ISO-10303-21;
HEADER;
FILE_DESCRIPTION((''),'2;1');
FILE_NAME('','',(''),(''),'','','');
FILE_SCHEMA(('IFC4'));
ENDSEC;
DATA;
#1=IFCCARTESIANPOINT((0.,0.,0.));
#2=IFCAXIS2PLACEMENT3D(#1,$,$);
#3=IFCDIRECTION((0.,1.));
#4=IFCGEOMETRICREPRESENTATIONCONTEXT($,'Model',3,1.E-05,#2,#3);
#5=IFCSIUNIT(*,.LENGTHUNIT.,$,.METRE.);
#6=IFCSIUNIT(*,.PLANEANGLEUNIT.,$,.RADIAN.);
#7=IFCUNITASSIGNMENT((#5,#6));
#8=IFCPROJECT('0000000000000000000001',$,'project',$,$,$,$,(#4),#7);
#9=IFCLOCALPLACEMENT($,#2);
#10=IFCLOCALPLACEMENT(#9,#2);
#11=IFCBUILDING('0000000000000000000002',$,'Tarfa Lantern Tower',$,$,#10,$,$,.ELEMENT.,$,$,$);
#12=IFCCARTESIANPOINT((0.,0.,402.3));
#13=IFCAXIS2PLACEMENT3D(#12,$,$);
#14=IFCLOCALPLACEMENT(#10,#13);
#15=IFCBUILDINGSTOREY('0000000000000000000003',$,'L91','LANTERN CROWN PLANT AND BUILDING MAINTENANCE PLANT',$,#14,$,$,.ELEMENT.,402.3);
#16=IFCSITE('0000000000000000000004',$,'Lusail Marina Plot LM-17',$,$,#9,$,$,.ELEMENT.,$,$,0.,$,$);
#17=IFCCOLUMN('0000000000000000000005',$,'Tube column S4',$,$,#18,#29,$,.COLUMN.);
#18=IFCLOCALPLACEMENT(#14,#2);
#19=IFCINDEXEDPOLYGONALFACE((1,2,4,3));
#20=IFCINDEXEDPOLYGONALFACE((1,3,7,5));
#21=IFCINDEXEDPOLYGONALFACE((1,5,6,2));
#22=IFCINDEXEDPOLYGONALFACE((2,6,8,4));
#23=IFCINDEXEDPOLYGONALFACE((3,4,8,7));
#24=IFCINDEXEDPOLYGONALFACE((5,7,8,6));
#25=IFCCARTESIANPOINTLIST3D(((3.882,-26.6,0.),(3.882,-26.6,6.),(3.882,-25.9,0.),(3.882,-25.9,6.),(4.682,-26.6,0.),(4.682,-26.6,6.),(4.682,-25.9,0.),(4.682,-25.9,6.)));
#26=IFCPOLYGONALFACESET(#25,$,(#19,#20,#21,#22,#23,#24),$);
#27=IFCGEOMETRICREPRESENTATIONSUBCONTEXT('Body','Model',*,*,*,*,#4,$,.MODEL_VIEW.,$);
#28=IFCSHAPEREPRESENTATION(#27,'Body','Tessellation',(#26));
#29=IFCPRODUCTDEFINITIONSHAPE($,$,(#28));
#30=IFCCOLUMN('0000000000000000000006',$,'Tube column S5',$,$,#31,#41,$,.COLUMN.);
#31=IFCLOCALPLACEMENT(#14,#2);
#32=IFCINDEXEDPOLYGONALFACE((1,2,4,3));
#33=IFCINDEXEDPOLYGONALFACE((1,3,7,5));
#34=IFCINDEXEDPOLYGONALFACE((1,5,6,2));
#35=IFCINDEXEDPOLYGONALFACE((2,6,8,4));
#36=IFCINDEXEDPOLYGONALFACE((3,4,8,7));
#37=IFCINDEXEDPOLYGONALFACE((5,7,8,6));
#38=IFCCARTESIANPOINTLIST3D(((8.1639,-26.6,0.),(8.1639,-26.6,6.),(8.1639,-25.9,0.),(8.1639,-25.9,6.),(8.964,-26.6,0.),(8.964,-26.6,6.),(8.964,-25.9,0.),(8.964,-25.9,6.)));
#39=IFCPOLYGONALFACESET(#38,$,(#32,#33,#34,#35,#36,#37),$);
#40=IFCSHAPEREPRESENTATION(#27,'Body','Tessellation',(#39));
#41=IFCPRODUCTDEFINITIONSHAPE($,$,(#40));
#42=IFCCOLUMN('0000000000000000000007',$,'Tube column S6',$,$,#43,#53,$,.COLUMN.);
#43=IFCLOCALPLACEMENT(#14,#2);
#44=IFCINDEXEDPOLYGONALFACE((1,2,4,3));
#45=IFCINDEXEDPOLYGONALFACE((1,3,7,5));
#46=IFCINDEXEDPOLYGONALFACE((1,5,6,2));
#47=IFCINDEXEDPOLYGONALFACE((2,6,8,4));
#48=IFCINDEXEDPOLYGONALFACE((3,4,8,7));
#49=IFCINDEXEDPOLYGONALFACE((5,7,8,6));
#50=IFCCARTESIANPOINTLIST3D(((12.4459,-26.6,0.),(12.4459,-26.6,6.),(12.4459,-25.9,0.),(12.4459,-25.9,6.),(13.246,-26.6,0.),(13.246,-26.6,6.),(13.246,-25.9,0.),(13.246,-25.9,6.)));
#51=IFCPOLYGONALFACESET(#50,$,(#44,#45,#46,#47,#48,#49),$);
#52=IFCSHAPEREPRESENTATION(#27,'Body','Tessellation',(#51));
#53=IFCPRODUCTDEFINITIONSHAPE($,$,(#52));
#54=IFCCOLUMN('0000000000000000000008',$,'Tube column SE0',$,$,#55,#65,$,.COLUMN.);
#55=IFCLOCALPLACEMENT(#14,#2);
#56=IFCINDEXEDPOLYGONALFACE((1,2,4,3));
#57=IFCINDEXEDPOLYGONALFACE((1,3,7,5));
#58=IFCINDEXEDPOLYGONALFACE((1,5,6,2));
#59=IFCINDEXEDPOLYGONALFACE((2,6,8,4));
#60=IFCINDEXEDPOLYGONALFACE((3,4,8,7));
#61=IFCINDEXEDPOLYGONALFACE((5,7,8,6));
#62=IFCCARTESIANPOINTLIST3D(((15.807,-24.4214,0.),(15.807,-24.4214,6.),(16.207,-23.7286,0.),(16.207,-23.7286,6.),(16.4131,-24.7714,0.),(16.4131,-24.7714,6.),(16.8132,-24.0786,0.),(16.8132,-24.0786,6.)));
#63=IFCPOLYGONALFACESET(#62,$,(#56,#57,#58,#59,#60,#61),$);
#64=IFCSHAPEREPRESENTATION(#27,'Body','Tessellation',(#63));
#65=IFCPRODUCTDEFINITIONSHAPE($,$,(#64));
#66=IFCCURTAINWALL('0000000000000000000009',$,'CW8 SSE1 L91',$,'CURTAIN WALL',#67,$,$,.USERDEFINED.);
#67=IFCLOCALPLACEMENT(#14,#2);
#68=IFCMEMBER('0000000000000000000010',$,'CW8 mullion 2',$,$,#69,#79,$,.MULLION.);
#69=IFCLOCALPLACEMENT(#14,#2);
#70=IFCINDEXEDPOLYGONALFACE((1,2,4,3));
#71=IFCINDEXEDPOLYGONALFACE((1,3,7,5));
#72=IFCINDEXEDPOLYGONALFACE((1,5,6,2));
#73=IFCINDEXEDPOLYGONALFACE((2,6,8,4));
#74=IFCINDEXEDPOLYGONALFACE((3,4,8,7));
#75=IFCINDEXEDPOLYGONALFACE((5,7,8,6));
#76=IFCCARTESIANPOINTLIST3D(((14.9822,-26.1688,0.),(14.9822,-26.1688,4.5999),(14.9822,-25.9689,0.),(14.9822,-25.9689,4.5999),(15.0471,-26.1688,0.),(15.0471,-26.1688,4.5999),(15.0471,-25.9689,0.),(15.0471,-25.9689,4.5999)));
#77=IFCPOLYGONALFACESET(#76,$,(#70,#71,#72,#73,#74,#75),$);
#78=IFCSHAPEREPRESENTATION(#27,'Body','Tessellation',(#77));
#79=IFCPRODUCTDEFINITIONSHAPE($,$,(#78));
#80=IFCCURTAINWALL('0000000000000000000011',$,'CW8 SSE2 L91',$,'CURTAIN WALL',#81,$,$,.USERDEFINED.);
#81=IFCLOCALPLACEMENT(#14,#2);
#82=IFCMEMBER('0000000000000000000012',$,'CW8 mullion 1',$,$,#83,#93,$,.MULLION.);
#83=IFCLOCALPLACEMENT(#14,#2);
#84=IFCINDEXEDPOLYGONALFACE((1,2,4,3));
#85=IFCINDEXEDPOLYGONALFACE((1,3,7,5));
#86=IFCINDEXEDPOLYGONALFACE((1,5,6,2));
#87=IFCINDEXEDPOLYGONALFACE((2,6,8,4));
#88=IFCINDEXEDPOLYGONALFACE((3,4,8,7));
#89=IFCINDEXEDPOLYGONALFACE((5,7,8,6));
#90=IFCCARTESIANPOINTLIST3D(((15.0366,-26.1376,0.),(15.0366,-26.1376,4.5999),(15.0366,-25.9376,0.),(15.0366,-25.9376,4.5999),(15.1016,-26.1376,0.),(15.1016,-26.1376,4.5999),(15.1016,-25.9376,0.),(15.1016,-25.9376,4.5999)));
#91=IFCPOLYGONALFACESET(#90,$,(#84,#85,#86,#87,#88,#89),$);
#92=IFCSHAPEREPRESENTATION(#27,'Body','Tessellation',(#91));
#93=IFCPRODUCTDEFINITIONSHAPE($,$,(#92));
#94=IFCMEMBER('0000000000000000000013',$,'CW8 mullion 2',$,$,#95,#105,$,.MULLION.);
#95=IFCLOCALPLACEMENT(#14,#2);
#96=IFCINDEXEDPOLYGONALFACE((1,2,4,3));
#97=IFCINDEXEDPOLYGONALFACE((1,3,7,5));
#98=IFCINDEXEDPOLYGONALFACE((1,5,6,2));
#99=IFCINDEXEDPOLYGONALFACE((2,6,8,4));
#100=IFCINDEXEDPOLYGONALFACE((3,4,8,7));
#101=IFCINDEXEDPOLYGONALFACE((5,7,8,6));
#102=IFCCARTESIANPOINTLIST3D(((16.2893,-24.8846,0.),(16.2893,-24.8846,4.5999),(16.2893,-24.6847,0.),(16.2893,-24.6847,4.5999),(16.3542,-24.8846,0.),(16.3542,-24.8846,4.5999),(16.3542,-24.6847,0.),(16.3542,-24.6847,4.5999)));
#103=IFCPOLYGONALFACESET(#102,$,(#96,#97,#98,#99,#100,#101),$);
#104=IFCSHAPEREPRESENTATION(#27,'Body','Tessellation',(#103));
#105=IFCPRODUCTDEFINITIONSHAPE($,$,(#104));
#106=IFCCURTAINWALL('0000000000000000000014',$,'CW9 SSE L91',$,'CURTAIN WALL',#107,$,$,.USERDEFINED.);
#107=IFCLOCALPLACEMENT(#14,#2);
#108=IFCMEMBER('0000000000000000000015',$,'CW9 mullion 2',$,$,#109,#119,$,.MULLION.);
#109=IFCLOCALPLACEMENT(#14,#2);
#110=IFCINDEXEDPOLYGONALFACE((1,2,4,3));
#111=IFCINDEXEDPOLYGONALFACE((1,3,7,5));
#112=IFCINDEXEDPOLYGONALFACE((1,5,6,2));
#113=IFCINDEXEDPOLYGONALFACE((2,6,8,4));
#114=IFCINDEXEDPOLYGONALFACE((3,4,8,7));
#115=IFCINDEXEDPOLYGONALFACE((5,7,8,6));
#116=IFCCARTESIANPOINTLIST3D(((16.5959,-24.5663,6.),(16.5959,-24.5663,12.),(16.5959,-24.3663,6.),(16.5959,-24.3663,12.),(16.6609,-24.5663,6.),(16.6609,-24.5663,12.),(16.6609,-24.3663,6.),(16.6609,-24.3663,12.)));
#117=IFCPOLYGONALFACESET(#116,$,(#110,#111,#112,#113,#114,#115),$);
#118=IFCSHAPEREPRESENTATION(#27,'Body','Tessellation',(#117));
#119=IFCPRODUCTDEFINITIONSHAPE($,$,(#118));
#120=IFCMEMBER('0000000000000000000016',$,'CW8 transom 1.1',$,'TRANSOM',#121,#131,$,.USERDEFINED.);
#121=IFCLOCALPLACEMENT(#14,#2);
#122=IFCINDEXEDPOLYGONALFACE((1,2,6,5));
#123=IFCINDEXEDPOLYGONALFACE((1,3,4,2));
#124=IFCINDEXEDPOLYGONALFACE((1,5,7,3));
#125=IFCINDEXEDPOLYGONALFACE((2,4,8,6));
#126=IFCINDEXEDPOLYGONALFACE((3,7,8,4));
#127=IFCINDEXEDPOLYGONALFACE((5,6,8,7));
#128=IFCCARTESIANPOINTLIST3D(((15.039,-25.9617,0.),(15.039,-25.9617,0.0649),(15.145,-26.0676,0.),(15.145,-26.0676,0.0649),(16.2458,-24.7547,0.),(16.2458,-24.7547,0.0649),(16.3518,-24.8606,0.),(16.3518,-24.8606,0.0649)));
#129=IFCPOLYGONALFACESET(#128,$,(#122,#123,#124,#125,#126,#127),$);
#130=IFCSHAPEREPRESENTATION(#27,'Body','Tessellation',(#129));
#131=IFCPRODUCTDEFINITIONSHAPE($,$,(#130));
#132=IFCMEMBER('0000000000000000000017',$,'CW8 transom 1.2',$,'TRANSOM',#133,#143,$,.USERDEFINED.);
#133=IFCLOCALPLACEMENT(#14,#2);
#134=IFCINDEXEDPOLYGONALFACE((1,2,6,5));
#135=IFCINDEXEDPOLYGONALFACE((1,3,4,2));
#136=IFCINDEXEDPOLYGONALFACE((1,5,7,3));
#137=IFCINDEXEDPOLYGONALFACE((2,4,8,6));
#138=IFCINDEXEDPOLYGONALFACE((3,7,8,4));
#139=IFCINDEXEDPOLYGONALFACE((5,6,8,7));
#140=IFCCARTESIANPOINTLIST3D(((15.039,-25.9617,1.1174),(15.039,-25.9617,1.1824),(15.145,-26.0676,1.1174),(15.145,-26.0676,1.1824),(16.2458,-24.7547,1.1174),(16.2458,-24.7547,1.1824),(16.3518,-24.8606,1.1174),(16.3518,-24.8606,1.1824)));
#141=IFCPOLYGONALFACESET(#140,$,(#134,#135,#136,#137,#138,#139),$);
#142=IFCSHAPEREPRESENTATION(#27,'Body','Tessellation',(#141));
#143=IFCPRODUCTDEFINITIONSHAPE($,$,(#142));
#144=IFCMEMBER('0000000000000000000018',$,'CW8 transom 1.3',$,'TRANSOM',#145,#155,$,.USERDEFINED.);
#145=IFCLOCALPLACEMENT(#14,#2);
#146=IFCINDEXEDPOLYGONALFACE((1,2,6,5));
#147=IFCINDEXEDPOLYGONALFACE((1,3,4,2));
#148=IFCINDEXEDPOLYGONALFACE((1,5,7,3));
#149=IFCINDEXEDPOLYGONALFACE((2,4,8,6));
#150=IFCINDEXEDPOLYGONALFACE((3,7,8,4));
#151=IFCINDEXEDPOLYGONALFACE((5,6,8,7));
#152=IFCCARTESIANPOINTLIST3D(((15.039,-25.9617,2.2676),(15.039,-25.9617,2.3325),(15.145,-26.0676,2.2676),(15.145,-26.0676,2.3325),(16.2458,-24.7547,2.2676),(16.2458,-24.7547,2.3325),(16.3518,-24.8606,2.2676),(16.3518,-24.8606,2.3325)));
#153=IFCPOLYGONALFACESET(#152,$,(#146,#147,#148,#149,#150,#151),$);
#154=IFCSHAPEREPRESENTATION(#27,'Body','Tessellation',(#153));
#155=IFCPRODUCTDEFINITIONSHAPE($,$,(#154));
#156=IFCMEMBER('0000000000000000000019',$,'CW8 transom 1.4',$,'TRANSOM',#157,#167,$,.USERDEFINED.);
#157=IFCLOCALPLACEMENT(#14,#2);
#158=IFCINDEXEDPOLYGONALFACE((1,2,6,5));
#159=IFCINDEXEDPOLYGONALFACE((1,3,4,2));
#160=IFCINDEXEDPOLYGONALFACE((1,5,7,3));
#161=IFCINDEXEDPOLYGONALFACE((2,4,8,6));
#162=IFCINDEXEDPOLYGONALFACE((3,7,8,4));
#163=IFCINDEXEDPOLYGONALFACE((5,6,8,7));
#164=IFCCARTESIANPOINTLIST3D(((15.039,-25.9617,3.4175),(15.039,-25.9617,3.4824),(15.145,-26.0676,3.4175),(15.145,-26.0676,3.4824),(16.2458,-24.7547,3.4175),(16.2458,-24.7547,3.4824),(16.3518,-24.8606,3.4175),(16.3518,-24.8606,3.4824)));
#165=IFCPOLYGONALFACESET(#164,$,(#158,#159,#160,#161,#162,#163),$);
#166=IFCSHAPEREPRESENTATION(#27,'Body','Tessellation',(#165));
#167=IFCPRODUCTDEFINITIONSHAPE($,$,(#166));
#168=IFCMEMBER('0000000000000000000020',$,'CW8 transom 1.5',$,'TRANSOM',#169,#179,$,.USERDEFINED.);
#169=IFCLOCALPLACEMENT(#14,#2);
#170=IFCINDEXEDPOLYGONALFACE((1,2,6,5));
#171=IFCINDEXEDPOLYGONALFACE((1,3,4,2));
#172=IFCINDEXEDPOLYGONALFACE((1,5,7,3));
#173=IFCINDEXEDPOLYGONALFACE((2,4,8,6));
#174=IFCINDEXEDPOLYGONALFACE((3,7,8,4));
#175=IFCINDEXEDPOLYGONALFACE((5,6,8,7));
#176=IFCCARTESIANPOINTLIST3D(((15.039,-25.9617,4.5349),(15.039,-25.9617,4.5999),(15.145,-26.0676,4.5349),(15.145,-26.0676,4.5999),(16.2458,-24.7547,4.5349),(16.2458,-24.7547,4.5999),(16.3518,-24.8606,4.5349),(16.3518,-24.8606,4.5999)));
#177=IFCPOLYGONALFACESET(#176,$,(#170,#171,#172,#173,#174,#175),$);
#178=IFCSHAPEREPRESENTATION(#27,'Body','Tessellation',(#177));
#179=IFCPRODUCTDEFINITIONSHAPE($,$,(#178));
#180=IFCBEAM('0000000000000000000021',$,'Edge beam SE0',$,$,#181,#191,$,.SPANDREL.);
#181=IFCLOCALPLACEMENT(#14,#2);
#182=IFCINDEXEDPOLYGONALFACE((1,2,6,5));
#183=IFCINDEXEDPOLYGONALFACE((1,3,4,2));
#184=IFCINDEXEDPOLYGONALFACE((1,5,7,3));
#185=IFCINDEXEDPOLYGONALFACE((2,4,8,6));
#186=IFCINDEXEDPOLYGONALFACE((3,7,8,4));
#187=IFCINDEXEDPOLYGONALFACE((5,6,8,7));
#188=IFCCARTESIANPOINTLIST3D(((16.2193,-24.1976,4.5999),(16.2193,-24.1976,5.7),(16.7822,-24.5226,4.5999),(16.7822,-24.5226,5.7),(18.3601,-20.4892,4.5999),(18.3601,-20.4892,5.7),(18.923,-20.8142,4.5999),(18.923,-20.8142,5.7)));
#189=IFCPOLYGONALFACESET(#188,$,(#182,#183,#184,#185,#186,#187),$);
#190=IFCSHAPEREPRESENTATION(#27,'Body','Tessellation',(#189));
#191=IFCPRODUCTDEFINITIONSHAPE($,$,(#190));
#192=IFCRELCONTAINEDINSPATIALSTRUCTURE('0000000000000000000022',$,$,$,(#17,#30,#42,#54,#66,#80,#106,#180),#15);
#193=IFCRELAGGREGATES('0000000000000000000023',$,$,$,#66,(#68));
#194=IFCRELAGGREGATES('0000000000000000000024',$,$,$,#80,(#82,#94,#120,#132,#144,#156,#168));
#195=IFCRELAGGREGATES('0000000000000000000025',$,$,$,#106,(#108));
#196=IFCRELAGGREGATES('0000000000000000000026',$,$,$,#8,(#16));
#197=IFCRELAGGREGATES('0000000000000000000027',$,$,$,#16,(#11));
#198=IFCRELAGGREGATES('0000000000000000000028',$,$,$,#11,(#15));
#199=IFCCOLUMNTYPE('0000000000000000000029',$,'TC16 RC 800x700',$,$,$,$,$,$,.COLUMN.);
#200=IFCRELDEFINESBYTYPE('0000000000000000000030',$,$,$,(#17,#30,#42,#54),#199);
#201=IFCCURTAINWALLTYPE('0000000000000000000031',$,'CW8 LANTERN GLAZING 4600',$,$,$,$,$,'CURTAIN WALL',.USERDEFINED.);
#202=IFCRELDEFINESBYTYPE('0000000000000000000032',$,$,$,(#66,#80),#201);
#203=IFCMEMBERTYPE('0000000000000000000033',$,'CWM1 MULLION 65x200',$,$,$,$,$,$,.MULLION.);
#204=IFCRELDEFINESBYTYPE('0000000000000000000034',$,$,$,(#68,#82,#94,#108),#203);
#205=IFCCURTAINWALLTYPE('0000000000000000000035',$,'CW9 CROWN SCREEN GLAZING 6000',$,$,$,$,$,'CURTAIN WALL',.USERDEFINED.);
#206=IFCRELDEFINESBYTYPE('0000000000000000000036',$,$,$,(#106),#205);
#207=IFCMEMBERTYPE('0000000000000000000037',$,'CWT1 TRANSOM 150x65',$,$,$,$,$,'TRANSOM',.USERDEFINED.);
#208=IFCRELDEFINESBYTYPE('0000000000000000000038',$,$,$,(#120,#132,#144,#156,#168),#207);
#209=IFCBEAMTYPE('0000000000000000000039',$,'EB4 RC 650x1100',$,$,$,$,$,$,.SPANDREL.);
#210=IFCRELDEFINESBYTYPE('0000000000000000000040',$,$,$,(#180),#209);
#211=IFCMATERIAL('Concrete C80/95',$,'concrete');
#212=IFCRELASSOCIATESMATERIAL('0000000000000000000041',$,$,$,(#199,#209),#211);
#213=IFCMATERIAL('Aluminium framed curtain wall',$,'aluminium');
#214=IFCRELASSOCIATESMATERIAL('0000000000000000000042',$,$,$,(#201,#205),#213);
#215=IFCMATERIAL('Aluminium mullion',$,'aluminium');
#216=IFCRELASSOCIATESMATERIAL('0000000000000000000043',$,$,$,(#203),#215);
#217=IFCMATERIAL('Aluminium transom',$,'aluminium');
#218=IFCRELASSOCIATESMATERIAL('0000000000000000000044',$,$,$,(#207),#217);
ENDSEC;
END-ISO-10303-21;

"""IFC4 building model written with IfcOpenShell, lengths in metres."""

from ifc_helpers import new_model, si_unit, direction, frame, origin, origin_2d, place, context, subcontext, project, spatial, rectangle, extrude, material, material_profile, profile_set, type_object, element, aggregate, save


model = new_model("IFC4")

# Units and contexts
model_context = context("Model", 3, precision=1e-05, world=origin(), true_north=direction((0.0, 1.0)))
body_context = subcontext(model_context, "Body", "Model", "MODEL_VIEW")
ifc_project = project(units=[si_unit("LENGTHUNIT", "METRE"), si_unit("PLANEANGLEUNIT", "RADIAN")], contexts=[model_context])

# Site, building, storey
site_placement = place(None, origin())
site = spatial("IfcSite", under=ifc_project, at=site_placement, Name="Lusail Marina Plot LM-17", CompositionType="ELEMENT", RefElevation=0.0)
building_placement = place(site_placement, origin())
building = spatial("IfcBuilding", under=site, at=building_placement, Name="Tarfa Lantern Tower", CompositionType="ELEMENT")
storey_placement = place(building_placement, frame((0.0, 0.0, 402.3)))
storey = spatial("IfcBuildingStorey", under=building, at=storey_placement, Name="L91", Description="LANTERN CROWN PLANT AND BUILDING MAINTENANCE PLANT", CompositionType="ELEMENT", Elevation=402.3)

# Columns
ifc_material_1 = material(Name="Concrete C80/95", Category="concrete")
ifc_material_profile_1 = material_profile(ifc_material_1, rectangle(XDim=0.8, YDim=0.7, at=origin_2d()), Name="RC 800x700")
ifc_profile_set_1 = profile_set([ifc_material_profile_1], Name="Concrete C80/95")
column_type = type_object("IfcColumnType", Name="TC16 RC 800x700", PredefinedType="COLUMN", material=ifc_profile_set_1)
for number, where, z_axis, x_axis, name in (
    (1, (4.282, -26.25, 0.0), (0.0, 0.0, 1.0), (1.0, 0.0, 0.0), "Tube column S4"),
    (2, (8.564, -26.25, 0.0), (0.0, 0.0, 1.0), (1.0, 0.0, 0.0), "Tube column S5"),
    (3, (12.8459, -26.25, 0.0), (0.0, 0.0, 1.0), (1.0, 0.0, 0.0), "Tube column S6"),
    (4, (16.3101, -24.25, 0.0), (0.0, 0.0, 1.0), (0.5, 0.866025, 0.0), "Tube column SE0"),
):
    element("IfcColumn", number, at=place(storey_placement, frame(where, z_axis=z_axis, x_axis=x_axis)), inside=storey, type_object=column_type, Name=name, PredefinedType="COLUMN", context=body_context, shape_type="SweptSolid", body=[
        extrude(rectangle(XDim=0.8, YDim=0.7, at=origin_2d()), origin(), (0.0, 0.0, 1.0), 6.0),
    ])

# Curtain wall, member
ifc_material_2 = material(Name="Aluminium framed curtain wall", Category="aluminium")
curtain_wall_type_1 = type_object("IfcCurtainWallType", Name="CW8 LANTERN GLAZING 4600", ElementType="CURTAIN WALL", PredefinedType="USERDEFINED", material=ifc_material_2)
curtain_wall_1_placement = place(storey_placement, origin())
curtain_wall_1 = element("IfcCurtainWall", 5, at=curtain_wall_1_placement, inside=storey, type_object=curtain_wall_type_1, Name="CW8 SSE1 L91", ObjectType="CURTAIN WALL", PredefinedType="USERDEFINED")
ifc_material_3 = material(Name="Aluminium mullion", Category="aluminium")
ifc_material_profile_2 = material_profile(ifc_material_3, rectangle(XDim=0.0649, YDim=0.2, at=origin_2d()), Name="AL MULLION 65x200")
ifc_profile_set_2 = profile_set([ifc_material_profile_2], Name="Aluminium mullion")
member_type_1 = type_object("IfcMemberType", Name="CWM1 MULLION 65x200", PredefinedType="MULLION", material=ifc_profile_set_2)
member_1_placement = place(storey_placement, frame((15.0146, -26.0688, 0.0), z_axis=(0.0, 0.0, 1.0), x_axis=(1.0, 0.0, 0.0)))
member_1 = element("IfcMember", 6, at=member_1_placement, type_object=member_type_1, Name="CW8 mullion 2", PredefinedType="MULLION", context=body_context, shape_type="SweptSolid", body=[
    extrude(rectangle(XDim=0.0649, YDim=0.2, at=origin_2d()), origin(), (0.0, 0.0, 1.0), 4.5999),
])

# Curtain wall, members
curtain_wall_2_placement = place(storey_placement, origin())
curtain_wall_2 = element("IfcCurtainWall", 7, at=curtain_wall_2_placement, inside=storey, type_object=curtain_wall_type_1, Name="CW8 SSE2 L91", ObjectType="CURTAIN WALL", PredefinedType="USERDEFINED")
member_2_placement = place(storey_placement, frame((15.0691, -26.0376, 0.0), z_axis=(0.0, 0.0, 1.0), x_axis=(1.0, 0.0, 0.0)))
member_2 = element("IfcMember", 8, at=member_2_placement, type_object=member_type_1, Name="CW8 mullion 1", PredefinedType="MULLION", context=body_context, shape_type="SweptSolid", body=[
    extrude(rectangle(XDim=0.0649, YDim=0.2, at=origin_2d()), origin(), (0.0, 0.0, 1.0), 4.5999),
])
member_3_placement = place(storey_placement, frame((16.3218, -24.7847, 0.0), z_axis=(0.0, 0.0, 1.0), x_axis=(1.0, 0.0, 0.0)))
member_3 = element("IfcMember", 9, at=member_3_placement, type_object=member_type_1, Name="CW8 mullion 2", PredefinedType="MULLION", context=body_context, shape_type="SweptSolid", body=[
    extrude(rectangle(XDim=0.0649, YDim=0.2, at=origin_2d()), origin(), (0.0, 0.0, 1.0), 4.5999),
])

# Curtain wall, member
curtain_wall_type_2 = type_object("IfcCurtainWallType", Name="CW9 CROWN SCREEN GLAZING 6000", ElementType="CURTAIN WALL", PredefinedType="USERDEFINED", material=ifc_material_2)
curtain_wall_3_placement = place(storey_placement, origin())
curtain_wall_3 = element("IfcCurtainWall", 10, at=curtain_wall_3_placement, inside=storey, type_object=curtain_wall_type_2, Name="CW9 SSE L91", ObjectType="CURTAIN WALL", PredefinedType="USERDEFINED")
member_4_placement = place(storey_placement, frame((16.6284, -24.4663, 6.0), z_axis=(0.0, 0.0, 1.0), x_axis=(1.0, 0.0, 0.0)))
member_4 = element("IfcMember", 11, at=member_4_placement, type_object=member_type_1, Name="CW9 mullion 2", PredefinedType="MULLION", context=body_context, shape_type="SweptSolid", body=[
    extrude(rectangle(XDim=0.0649, YDim=0.2, at=origin_2d()), origin(), (0.0, 0.0, 1.0), 6.0),
])

# Members
ifc_material_4 = material(Name="Aluminium transom", Category="aluminium")
ifc_material_profile_3 = material_profile(ifc_material_4, rectangle(XDim=0.1499, YDim=0.0649, at=origin_2d()), Name="AL TRANSOM 150x65")
ifc_profile_set_3 = profile_set([ifc_material_profile_3], Name="Aluminium transom")
member_type_2 = type_object("IfcMemberType", Name="CWT1 TRANSOM 150x65", ElementType="TRANSOM", PredefinedType="USERDEFINED", material=ifc_profile_set_3)
member_5_placement = place(storey_placement, frame((15.092, -26.0146, 0.0325), z_axis=(0.707035, 0.707178, 0.0), x_axis=(-0.707178, 0.707035, 0.0)))
member_5 = element("IfcMember", 12, at=member_5_placement, type_object=member_type_2, Name="CW8 transom 1.1", ObjectType="TRANSOM", PredefinedType="USERDEFINED", context=body_context, shape_type="SweptSolid", body=[
    extrude(rectangle(XDim=0.1499, YDim=0.0649, at=origin_2d()), origin(), (0.0, 0.0, 1.0), 1.7068),
])
member_6_placement = place(storey_placement, frame((15.092, -26.0146, 1.1499), z_axis=(0.707035, 0.707178, 0.0), x_axis=(-0.707178, 0.707035, 0.0)))
member_6 = element("IfcMember", 13, at=member_6_placement, type_object=member_type_2, Name="CW8 transom 1.2", ObjectType="TRANSOM", PredefinedType="USERDEFINED", context=body_context, shape_type="SweptSolid", body=[
    extrude(rectangle(XDim=0.1499, YDim=0.0649, at=origin_2d()), origin(), (0.0, 0.0, 1.0), 1.7068),
])
member_7_placement = place(storey_placement, frame((15.092, -26.0146, 2.3), z_axis=(0.707035, 0.707178, 0.0), x_axis=(-0.707178, 0.707035, 0.0)))
member_7 = element("IfcMember", 14, at=member_7_placement, type_object=member_type_2, Name="CW8 transom 1.3", ObjectType="TRANSOM", PredefinedType="USERDEFINED", context=body_context, shape_type="SweptSolid", body=[
    extrude(rectangle(XDim=0.1499, YDim=0.0649, at=origin_2d()), origin(), (0.0, 0.0, 1.0), 1.7068),
])
member_8_placement = place(storey_placement, frame((15.092, -26.0146, 3.45), z_axis=(0.707035, 0.707178, 0.0), x_axis=(-0.707178, 0.707035, 0.0)))
member_8 = element("IfcMember", 15, at=member_8_placement, type_object=member_type_2, Name="CW8 transom 1.4", ObjectType="TRANSOM", PredefinedType="USERDEFINED", context=body_context, shape_type="SweptSolid", body=[
    extrude(rectangle(XDim=0.1499, YDim=0.0649, at=origin_2d()), origin(), (0.0, 0.0, 1.0), 1.7068),
])
member_9_placement = place(storey_placement, frame((15.092, -26.0146, 4.5674), z_axis=(0.707035, 0.707178, 0.0), x_axis=(-0.707178, 0.707035, 0.0)))
member_9 = element("IfcMember", 16, at=member_9_placement, type_object=member_type_2, Name="CW8 transom 1.5", ObjectType="TRANSOM", PredefinedType="USERDEFINED", context=body_context, shape_type="SweptSolid", body=[
    extrude(rectangle(XDim=0.1499, YDim=0.0649, at=origin_2d()), origin(), (0.0, 0.0, 1.0), 1.7068),
])

# Beam
ifc_material_profile_4 = material_profile(ifc_material_1, rectangle(XDim=0.6499, YDim=1.1001, at=origin_2d()), Name="RC 650x1100")
ifc_profile_set_4 = profile_set([ifc_material_profile_4], Name="Concrete C80/95")
beam_type_1 = type_object("IfcBeamType", Name="EB4 RC 650x1100", PredefinedType="SPANDREL", material=ifc_profile_set_4)
beam_1_placement = place(storey_placement, frame((16.5007, -24.3601, 5.1499), z_axis=(0.499959, 0.866049, 0.0), x_axis=(-0.866049, 0.499959, 0.0)))
element("IfcBeam", 17, at=beam_1_placement, inside=storey, type_object=beam_type_1, Name="Edge beam SE0", PredefinedType="SPANDREL", context=body_context, shape_type="SweptSolid", body=[
    extrude(rectangle(XDim=0.6499, YDim=1.1001, at=origin_2d()), origin(), (0.0, 0.0, 1.0), 4.282),
])

aggregate(curtain_wall_1, [member_1])
aggregate(curtain_wall_2, [member_2, member_3, member_5, member_6, member_7, member_8, member_9])
aggregate(curtain_wall_3, [member_4])

save(model, "model.ifc")
